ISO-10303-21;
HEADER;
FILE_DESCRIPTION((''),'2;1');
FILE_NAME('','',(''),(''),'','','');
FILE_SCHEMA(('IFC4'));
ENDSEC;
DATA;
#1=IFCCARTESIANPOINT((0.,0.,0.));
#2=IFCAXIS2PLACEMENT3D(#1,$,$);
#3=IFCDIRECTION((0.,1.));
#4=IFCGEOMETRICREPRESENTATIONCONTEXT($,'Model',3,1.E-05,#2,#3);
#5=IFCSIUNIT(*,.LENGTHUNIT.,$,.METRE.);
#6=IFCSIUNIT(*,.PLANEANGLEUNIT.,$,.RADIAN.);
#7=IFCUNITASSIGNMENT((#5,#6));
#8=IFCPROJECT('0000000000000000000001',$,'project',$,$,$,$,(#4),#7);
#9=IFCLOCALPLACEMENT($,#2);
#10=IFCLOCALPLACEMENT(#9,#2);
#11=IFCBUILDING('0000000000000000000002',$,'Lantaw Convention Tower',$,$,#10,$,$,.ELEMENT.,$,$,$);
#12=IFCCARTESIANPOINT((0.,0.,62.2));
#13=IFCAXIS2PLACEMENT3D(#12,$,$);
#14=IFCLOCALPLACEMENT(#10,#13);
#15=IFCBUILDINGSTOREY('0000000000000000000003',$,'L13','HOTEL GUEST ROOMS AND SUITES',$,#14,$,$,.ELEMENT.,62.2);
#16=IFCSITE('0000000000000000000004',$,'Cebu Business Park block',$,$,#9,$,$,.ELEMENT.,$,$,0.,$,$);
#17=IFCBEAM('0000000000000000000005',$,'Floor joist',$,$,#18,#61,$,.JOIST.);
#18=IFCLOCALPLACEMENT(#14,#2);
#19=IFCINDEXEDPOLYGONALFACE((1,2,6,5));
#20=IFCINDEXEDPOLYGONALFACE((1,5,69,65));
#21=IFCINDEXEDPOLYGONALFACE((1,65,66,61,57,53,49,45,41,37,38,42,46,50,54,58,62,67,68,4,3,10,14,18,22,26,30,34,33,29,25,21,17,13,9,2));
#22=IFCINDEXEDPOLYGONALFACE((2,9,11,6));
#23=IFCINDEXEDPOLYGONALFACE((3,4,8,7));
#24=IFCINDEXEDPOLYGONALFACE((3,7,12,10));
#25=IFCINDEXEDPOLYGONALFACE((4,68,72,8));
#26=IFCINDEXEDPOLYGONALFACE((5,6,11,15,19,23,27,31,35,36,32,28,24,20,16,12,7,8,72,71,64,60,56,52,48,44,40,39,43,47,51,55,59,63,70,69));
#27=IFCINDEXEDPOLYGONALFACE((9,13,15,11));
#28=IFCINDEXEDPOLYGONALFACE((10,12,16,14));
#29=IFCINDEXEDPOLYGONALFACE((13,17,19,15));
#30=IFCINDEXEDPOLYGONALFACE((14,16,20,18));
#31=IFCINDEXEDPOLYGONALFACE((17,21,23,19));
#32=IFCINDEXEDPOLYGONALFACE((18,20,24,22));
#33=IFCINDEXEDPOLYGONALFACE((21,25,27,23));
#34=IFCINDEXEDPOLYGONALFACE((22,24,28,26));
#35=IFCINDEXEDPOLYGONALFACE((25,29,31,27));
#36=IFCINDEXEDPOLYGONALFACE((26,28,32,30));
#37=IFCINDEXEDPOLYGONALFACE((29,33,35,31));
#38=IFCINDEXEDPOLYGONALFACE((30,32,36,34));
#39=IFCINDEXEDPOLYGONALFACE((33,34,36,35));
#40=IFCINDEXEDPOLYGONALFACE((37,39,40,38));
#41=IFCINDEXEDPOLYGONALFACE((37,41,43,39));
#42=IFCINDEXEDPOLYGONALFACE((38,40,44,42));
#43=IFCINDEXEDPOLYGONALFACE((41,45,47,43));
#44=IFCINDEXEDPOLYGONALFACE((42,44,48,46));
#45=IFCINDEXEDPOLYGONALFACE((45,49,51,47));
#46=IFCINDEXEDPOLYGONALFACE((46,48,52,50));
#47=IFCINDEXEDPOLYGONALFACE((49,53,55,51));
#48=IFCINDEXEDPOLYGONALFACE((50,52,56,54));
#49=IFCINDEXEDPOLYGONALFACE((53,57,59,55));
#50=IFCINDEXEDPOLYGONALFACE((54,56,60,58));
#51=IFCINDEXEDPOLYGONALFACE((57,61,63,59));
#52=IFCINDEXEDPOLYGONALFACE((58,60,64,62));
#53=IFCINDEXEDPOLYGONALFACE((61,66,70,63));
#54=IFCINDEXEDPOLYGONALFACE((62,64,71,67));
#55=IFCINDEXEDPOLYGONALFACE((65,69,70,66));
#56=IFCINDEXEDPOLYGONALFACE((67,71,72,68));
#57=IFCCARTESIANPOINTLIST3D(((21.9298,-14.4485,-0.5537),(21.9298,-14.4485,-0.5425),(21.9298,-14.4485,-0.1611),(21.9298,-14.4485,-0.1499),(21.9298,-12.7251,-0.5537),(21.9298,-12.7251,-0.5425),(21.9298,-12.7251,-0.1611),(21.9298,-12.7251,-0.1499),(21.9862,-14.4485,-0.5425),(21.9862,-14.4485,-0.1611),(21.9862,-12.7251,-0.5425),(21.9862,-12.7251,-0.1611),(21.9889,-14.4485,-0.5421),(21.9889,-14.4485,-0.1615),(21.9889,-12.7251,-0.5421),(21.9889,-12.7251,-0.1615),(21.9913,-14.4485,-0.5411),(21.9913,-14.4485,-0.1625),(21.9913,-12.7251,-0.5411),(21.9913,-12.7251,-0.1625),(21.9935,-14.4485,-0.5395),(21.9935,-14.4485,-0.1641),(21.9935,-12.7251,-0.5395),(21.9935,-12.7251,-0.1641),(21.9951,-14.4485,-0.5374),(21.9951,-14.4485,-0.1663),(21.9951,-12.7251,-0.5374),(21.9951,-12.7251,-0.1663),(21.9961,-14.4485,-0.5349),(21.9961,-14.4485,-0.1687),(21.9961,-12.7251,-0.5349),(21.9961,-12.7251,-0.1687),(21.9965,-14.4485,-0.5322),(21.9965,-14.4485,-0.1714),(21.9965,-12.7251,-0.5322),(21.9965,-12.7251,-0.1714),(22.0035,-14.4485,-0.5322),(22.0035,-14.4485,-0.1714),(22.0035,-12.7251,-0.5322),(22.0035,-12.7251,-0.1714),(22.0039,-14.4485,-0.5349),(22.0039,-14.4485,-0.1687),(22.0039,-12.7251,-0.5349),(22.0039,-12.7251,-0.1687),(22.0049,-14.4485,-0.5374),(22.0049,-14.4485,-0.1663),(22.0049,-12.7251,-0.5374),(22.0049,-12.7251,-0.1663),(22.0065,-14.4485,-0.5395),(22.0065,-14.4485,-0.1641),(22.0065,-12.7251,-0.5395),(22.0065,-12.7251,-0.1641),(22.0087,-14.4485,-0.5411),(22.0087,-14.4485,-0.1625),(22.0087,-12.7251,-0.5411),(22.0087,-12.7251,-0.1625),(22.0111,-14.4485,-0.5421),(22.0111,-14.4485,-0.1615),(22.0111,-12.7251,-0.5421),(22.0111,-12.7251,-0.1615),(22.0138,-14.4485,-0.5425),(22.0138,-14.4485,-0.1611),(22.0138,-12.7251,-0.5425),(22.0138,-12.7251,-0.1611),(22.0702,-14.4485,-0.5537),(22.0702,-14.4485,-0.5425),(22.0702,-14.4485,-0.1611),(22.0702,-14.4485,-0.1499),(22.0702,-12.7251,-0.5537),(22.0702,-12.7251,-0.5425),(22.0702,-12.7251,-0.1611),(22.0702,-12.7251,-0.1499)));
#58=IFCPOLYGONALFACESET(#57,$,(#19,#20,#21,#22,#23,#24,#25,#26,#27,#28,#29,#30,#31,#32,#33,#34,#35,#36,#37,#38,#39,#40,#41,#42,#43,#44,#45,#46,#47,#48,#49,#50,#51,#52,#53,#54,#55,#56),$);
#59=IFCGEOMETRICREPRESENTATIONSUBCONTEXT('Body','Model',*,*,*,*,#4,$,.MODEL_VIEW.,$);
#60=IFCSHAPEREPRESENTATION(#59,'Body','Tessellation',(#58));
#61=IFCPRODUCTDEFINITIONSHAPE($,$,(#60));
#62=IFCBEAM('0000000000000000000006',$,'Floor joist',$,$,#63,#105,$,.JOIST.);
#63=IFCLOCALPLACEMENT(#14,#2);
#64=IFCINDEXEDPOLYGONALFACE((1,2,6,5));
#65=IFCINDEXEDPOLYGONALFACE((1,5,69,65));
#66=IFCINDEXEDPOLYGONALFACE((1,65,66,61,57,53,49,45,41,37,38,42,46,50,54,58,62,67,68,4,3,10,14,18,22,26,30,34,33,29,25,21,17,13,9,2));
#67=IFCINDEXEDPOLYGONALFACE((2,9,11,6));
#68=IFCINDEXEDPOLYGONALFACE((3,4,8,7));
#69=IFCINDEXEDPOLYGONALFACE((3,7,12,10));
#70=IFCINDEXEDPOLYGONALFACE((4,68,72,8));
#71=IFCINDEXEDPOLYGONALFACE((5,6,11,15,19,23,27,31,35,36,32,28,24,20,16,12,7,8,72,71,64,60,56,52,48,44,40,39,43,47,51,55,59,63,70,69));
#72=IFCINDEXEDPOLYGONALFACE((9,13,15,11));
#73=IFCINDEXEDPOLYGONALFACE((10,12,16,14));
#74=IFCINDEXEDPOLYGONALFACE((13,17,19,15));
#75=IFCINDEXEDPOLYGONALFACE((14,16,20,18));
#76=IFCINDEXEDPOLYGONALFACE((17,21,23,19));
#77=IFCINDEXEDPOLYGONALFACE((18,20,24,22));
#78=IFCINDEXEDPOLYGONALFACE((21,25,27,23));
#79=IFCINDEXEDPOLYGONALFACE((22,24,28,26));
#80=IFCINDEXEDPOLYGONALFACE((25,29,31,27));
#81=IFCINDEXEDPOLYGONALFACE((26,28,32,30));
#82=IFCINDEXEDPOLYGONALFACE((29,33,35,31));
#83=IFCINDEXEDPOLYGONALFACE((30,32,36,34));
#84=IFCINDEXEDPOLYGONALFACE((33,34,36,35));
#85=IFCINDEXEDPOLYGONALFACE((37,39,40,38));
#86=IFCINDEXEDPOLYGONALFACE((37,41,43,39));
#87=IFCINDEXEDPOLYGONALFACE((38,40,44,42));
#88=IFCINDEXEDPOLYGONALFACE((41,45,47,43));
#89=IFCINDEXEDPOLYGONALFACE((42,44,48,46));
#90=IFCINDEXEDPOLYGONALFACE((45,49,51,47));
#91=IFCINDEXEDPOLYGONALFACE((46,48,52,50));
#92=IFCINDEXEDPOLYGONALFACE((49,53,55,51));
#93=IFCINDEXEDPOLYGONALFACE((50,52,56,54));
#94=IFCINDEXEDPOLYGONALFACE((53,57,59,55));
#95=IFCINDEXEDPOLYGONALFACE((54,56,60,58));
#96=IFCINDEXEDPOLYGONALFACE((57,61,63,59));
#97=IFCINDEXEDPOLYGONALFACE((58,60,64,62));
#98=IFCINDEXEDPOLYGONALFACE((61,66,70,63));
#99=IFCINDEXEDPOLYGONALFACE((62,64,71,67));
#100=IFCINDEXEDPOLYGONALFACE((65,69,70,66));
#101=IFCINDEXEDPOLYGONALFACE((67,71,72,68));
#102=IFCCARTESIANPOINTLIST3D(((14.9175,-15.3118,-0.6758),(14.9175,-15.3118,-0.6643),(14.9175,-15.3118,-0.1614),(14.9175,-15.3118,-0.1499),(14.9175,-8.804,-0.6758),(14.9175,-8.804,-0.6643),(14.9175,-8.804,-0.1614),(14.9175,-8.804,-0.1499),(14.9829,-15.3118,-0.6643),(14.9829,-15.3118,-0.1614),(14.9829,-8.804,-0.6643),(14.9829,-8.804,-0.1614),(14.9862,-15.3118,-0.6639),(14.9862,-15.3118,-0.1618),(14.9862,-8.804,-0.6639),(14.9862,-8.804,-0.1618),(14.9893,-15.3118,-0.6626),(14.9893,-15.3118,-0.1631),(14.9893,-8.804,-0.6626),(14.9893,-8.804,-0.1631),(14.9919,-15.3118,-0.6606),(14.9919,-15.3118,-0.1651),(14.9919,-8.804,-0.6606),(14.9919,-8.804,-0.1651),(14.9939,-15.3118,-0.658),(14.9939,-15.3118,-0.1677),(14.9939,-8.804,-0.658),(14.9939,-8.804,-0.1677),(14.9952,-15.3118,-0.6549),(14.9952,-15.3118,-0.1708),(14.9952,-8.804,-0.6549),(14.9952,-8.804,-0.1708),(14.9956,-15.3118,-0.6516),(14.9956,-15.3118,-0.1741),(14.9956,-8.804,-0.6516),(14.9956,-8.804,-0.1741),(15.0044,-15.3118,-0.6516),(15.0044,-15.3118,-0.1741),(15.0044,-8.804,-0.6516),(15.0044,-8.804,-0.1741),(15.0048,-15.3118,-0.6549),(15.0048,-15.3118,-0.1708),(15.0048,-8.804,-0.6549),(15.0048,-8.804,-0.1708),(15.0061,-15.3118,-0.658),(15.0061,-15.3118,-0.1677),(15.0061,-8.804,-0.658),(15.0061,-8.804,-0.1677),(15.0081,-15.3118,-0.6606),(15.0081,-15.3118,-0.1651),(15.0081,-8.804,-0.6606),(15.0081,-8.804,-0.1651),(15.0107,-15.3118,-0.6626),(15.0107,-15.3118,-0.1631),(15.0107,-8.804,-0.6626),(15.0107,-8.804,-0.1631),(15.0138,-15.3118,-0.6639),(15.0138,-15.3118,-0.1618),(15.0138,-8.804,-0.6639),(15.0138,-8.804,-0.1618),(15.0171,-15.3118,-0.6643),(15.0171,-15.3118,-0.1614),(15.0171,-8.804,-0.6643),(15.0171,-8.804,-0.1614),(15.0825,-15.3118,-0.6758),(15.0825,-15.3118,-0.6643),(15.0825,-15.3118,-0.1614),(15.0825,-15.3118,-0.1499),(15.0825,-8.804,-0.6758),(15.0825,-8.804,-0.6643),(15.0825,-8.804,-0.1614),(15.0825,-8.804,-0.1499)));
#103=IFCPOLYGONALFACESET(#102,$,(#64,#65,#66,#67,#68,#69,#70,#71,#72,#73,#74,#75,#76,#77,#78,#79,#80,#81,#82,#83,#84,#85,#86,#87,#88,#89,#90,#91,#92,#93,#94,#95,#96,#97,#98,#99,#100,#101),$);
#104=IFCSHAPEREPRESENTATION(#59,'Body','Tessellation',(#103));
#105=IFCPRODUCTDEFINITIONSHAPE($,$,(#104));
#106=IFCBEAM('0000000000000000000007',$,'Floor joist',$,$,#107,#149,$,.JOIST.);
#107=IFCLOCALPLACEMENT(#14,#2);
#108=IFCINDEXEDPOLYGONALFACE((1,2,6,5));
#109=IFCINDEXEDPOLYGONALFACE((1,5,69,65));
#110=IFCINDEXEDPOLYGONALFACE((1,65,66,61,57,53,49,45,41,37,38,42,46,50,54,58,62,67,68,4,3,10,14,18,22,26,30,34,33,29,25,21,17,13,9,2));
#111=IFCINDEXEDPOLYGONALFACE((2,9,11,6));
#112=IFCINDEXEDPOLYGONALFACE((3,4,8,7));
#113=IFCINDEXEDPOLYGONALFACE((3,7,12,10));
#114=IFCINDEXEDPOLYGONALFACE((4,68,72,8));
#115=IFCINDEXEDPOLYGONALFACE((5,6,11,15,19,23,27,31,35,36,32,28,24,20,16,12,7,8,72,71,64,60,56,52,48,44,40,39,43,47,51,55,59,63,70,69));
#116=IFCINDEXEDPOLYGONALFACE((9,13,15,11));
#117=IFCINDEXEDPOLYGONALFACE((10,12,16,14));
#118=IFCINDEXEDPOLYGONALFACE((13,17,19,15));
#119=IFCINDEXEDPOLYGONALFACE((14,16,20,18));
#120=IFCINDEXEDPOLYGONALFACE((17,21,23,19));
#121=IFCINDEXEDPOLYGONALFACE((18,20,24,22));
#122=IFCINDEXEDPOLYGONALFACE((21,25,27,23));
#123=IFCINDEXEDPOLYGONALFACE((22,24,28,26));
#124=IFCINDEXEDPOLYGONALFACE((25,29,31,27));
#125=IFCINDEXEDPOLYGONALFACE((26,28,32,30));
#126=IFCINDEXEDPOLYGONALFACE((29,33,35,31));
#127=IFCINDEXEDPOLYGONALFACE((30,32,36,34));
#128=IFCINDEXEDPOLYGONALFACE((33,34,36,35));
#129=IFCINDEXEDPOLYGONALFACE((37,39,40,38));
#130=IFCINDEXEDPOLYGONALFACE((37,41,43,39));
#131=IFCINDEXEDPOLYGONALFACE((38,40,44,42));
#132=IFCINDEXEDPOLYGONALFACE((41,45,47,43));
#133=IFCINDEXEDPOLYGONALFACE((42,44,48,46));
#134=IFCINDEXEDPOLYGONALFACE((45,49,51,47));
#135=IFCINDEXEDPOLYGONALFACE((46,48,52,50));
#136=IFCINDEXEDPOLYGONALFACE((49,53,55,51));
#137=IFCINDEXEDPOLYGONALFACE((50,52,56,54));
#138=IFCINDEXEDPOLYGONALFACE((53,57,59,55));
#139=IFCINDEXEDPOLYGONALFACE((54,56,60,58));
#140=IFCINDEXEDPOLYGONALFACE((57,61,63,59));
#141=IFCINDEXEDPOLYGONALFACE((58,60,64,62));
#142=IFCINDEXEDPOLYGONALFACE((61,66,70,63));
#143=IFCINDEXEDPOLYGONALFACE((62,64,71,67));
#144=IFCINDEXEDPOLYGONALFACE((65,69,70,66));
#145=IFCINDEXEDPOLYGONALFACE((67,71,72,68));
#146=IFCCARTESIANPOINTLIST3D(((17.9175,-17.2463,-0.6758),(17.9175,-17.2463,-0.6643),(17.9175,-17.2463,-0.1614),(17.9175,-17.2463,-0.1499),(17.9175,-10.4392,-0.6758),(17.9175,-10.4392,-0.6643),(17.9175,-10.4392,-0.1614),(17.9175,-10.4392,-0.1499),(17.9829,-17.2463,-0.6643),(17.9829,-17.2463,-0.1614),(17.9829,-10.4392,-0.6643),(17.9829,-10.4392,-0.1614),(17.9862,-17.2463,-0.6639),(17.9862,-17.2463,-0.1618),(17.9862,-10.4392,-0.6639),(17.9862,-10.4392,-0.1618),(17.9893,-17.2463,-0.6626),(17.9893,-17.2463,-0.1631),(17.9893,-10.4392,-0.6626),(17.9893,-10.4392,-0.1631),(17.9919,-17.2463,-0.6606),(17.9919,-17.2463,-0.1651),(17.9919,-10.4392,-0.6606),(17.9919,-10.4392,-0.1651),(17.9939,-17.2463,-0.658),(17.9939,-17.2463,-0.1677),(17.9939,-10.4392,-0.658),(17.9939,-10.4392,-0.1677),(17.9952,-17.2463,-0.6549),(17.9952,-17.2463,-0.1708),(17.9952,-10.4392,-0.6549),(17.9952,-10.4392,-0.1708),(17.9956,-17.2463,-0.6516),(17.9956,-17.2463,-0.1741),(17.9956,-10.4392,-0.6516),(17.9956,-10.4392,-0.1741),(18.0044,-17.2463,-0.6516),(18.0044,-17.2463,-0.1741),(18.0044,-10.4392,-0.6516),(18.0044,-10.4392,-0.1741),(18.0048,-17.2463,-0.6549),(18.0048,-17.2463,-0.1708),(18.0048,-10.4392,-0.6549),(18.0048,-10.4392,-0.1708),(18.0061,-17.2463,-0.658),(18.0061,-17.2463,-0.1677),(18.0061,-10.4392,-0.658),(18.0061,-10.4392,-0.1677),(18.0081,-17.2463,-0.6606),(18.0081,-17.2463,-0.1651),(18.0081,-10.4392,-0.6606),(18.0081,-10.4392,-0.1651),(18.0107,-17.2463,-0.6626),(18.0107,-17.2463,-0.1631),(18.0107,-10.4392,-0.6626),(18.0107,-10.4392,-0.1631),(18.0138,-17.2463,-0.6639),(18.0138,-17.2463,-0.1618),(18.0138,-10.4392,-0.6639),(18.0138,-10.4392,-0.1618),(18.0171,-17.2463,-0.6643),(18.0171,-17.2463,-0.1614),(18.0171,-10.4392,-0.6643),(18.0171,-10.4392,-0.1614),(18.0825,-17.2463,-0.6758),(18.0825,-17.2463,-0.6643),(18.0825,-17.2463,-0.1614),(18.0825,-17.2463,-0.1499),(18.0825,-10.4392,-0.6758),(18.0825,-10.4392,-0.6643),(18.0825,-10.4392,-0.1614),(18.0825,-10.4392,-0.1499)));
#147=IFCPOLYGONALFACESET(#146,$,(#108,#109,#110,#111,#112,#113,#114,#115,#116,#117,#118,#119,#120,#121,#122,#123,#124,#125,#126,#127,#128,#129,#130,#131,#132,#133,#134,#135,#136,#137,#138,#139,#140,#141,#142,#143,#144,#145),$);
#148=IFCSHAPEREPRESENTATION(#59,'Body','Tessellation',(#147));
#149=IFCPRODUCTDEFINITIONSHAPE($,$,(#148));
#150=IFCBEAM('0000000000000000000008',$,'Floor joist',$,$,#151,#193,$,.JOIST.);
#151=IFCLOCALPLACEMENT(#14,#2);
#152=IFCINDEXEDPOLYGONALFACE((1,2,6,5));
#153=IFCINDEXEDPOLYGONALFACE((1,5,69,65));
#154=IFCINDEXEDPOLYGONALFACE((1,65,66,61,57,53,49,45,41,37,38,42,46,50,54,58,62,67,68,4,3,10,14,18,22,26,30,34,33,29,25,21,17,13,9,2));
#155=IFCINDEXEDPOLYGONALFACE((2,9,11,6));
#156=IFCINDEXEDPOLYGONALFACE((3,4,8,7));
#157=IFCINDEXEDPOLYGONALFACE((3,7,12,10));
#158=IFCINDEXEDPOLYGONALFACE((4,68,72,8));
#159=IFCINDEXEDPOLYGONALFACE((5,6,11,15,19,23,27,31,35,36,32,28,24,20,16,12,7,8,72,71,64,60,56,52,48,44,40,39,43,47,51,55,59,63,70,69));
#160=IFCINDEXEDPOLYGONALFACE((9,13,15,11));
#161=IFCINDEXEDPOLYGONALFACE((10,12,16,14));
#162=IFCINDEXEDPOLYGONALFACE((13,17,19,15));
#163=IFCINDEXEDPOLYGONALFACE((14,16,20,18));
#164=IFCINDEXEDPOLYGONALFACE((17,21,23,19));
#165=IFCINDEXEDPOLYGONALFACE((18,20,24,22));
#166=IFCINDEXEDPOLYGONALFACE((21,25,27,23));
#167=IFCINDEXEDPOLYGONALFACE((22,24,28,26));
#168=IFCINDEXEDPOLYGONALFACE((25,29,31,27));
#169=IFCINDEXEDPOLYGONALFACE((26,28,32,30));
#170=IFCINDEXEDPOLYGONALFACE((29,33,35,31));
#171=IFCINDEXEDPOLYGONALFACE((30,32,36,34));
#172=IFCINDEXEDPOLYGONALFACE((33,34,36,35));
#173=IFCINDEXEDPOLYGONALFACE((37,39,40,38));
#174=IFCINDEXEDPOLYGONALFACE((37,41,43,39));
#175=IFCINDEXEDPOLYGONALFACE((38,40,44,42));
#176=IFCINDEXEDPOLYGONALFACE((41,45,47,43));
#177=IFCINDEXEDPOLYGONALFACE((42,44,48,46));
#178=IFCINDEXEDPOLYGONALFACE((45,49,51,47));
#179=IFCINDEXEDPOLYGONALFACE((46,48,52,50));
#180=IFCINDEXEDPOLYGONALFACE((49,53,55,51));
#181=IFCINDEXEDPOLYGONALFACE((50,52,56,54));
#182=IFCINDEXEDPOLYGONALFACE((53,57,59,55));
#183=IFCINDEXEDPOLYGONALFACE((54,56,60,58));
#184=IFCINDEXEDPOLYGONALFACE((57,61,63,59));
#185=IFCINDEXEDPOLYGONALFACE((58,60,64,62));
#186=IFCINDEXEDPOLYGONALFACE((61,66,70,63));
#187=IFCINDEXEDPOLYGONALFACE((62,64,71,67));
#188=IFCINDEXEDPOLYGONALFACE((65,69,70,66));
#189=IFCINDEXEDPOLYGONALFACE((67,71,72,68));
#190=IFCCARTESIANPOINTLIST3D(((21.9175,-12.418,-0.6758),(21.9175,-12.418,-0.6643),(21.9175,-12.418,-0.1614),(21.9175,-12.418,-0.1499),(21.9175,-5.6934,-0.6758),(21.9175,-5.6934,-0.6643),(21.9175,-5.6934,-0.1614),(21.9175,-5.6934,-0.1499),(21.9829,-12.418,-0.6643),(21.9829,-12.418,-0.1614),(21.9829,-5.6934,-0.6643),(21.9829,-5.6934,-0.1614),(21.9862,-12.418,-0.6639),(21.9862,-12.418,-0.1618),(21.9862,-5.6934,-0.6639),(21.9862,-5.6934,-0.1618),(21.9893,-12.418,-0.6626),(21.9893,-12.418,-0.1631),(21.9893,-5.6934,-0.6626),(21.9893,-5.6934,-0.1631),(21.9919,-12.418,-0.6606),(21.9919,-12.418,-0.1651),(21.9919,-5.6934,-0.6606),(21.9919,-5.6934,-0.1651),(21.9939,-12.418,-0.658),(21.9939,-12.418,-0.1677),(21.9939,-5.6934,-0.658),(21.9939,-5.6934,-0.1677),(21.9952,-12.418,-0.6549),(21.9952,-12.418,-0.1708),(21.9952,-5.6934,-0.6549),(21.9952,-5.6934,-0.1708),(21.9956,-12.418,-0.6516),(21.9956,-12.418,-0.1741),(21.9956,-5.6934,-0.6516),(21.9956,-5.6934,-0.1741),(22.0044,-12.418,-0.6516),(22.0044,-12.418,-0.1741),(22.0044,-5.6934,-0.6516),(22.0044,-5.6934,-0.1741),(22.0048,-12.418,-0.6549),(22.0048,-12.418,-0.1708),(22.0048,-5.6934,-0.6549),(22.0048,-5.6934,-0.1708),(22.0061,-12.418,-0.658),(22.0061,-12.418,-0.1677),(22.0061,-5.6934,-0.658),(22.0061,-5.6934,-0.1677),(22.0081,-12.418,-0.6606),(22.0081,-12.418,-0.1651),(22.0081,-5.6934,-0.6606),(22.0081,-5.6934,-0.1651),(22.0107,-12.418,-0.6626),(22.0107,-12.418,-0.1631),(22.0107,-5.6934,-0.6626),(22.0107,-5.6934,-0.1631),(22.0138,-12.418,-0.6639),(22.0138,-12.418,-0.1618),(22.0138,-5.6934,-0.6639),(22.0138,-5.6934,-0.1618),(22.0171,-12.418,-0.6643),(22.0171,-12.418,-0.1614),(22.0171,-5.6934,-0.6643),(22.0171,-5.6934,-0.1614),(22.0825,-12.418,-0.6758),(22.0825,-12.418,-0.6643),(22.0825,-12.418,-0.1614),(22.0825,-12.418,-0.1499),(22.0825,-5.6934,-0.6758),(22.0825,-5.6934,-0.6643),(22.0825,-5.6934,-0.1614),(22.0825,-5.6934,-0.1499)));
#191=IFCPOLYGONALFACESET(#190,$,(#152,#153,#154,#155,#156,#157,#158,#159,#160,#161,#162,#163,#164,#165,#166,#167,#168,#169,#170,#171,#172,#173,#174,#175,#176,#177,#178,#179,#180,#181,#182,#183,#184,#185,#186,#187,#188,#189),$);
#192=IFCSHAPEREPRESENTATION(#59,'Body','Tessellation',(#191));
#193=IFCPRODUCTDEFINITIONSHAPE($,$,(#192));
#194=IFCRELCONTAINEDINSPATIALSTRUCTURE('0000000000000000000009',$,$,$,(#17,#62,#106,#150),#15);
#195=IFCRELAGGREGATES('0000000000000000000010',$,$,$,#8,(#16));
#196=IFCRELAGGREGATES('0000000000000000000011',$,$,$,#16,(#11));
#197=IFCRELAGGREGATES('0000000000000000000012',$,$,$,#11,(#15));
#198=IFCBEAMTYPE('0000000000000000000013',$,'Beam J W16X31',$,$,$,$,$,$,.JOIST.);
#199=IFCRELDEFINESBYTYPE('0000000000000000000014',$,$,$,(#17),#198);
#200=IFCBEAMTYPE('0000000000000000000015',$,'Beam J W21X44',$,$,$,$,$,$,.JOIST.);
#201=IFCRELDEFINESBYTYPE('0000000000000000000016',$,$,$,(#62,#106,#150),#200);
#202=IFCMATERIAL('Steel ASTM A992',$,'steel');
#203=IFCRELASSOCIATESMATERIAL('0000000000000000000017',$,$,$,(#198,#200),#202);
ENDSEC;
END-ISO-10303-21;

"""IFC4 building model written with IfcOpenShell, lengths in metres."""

from ifc_helpers import new_model, si_unit, direction, frame, origin, origin_2d, place, context, subcontext, project, spatial, i_section, extrude, material, material_profile, profile_set, type_object, element, save


model = new_model("IFC4")

# Units and contexts
model_context = context("Model", 3, precision=1e-05, world=origin(), true_north=direction((0.0, 1.0)))
body_context = subcontext(model_context, "Body", "Model", "MODEL_VIEW")
ifc_project = project(units=[si_unit("LENGTHUNIT", "METRE"), si_unit("PLANEANGLEUNIT", "RADIAN")], contexts=[model_context])

# Site, building, storey
site_placement = place(None, origin())
site = spatial("IfcSite", under=ifc_project, at=site_placement, Name="Cebu Business Park block", CompositionType="ELEMENT", RefElevation=0.0)
building_placement = place(site_placement, origin())
building = spatial("IfcBuilding", under=site, at=building_placement, Name="Lantaw Convention Tower", CompositionType="ELEMENT")
storey_placement = place(building_placement, frame((0.0, 0.0, 62.2)))
storey = spatial("IfcBuildingStorey", under=building, at=storey_placement, Name="L13", Description="HOTEL GUEST ROOMS AND SUITES", CompositionType="ELEMENT", Elevation=62.2)

# Beams
ifc_material_1 = material(Name="Steel ASTM A992", Category="steel")
ifc_material_profile_1 = material_profile(ifc_material_1, i_section(OverallWidth=0.1404, OverallDepth=0.4038, WebThickness=0.0071, FlangeThickness=0.0112, FilletRadius=0.0103, at=origin_2d()), Name="W16X31")
ifc_profile_set_1 = profile_set([ifc_material_profile_1], Name="Steel ASTM A992")
beam_type_1 = type_object("IfcBeamType", Name="Beam J W16X31", PredefinedType="JOIST", material=ifc_profile_set_1)
beam_1_placement = place(storey_placement, frame((22.0, -14.4485, -0.3518), z_axis=(0.0, 1.0, 0.0), x_axis=(-1.0, 0.0, 0.0)))
element("IfcBeam", 1, at=beam_1_placement, inside=storey, type_object=beam_type_1, Name="Floor joist", PredefinedType="JOIST", context=body_context, shape_type="SweptSolid", body=[
    extrude(i_section(OverallWidth=0.1404, OverallDepth=0.4038, WebThickness=0.0071, FlangeThickness=0.0112, FilletRadius=0.0103, at=origin_2d()), origin(), (0.0, 0.0, 1.0), 1.7234),
])
ifc_material_profile_2 = material_profile(ifc_material_1, i_section(OverallWidth=0.165, OverallDepth=0.5259, WebThickness=0.0088, FlangeThickness=0.0115, FilletRadius=0.0127, at=origin_2d()), Name="W21X44")
ifc_profile_set_2 = profile_set([ifc_material_profile_2], Name="Steel ASTM A992")
beam_type_2 = type_object("IfcBeamType", Name="Beam J W21X44", PredefinedType="JOIST", material=ifc_profile_set_2)
beam_2_placement = place(storey_placement, frame((15.0, -15.3118, -0.4128), z_axis=(0.0, 1.0, 0.0), x_axis=(-1.0, 0.0, 0.0)))
element("IfcBeam", 2, at=beam_2_placement, inside=storey, type_object=beam_type_2, Name="Floor joist", PredefinedType="JOIST", context=body_context, shape_type="SweptSolid", body=[
    extrude(i_section(OverallWidth=0.165, OverallDepth=0.5259, WebThickness=0.0088, FlangeThickness=0.0115, FilletRadius=0.0127, at=origin_2d()), origin(), (0.0, 0.0, 1.0), 6.5078),
])
beam_3_placement = place(storey_placement, frame((18.0, -17.2463, -0.4128), z_axis=(0.0, 1.0, 0.0), x_axis=(-1.0, 0.0, 0.0)))
element("IfcBeam", 3, at=beam_3_placement, inside=storey, type_object=beam_type_2, Name="Floor joist", PredefinedType="JOIST", context=body_context, shape_type="SweptSolid", body=[
    extrude(i_section(OverallWidth=0.165, OverallDepth=0.5259, WebThickness=0.0088, FlangeThickness=0.0115, FilletRadius=0.0127, at=origin_2d()), origin(), (0.0, 0.0, 1.0), 6.8071),
])
beam_4_placement = place(storey_placement, frame((22.0, -12.418, -0.4128), z_axis=(0.0, 1.0, 0.0), x_axis=(-1.0, 0.0, 0.0)))
element("IfcBeam", 4, at=beam_4_placement, inside=storey, type_object=beam_type_2, Name="Floor joist", PredefinedType="JOIST", context=body_context, shape_type="SweptSolid", body=[
    extrude(i_section(OverallWidth=0.165, OverallDepth=0.5259, WebThickness=0.0088, FlangeThickness=0.0115, FilletRadius=0.0127, at=origin_2d()), origin(), (0.0, 0.0, 1.0), 6.7246),
])

save(model, "model.ifc")
